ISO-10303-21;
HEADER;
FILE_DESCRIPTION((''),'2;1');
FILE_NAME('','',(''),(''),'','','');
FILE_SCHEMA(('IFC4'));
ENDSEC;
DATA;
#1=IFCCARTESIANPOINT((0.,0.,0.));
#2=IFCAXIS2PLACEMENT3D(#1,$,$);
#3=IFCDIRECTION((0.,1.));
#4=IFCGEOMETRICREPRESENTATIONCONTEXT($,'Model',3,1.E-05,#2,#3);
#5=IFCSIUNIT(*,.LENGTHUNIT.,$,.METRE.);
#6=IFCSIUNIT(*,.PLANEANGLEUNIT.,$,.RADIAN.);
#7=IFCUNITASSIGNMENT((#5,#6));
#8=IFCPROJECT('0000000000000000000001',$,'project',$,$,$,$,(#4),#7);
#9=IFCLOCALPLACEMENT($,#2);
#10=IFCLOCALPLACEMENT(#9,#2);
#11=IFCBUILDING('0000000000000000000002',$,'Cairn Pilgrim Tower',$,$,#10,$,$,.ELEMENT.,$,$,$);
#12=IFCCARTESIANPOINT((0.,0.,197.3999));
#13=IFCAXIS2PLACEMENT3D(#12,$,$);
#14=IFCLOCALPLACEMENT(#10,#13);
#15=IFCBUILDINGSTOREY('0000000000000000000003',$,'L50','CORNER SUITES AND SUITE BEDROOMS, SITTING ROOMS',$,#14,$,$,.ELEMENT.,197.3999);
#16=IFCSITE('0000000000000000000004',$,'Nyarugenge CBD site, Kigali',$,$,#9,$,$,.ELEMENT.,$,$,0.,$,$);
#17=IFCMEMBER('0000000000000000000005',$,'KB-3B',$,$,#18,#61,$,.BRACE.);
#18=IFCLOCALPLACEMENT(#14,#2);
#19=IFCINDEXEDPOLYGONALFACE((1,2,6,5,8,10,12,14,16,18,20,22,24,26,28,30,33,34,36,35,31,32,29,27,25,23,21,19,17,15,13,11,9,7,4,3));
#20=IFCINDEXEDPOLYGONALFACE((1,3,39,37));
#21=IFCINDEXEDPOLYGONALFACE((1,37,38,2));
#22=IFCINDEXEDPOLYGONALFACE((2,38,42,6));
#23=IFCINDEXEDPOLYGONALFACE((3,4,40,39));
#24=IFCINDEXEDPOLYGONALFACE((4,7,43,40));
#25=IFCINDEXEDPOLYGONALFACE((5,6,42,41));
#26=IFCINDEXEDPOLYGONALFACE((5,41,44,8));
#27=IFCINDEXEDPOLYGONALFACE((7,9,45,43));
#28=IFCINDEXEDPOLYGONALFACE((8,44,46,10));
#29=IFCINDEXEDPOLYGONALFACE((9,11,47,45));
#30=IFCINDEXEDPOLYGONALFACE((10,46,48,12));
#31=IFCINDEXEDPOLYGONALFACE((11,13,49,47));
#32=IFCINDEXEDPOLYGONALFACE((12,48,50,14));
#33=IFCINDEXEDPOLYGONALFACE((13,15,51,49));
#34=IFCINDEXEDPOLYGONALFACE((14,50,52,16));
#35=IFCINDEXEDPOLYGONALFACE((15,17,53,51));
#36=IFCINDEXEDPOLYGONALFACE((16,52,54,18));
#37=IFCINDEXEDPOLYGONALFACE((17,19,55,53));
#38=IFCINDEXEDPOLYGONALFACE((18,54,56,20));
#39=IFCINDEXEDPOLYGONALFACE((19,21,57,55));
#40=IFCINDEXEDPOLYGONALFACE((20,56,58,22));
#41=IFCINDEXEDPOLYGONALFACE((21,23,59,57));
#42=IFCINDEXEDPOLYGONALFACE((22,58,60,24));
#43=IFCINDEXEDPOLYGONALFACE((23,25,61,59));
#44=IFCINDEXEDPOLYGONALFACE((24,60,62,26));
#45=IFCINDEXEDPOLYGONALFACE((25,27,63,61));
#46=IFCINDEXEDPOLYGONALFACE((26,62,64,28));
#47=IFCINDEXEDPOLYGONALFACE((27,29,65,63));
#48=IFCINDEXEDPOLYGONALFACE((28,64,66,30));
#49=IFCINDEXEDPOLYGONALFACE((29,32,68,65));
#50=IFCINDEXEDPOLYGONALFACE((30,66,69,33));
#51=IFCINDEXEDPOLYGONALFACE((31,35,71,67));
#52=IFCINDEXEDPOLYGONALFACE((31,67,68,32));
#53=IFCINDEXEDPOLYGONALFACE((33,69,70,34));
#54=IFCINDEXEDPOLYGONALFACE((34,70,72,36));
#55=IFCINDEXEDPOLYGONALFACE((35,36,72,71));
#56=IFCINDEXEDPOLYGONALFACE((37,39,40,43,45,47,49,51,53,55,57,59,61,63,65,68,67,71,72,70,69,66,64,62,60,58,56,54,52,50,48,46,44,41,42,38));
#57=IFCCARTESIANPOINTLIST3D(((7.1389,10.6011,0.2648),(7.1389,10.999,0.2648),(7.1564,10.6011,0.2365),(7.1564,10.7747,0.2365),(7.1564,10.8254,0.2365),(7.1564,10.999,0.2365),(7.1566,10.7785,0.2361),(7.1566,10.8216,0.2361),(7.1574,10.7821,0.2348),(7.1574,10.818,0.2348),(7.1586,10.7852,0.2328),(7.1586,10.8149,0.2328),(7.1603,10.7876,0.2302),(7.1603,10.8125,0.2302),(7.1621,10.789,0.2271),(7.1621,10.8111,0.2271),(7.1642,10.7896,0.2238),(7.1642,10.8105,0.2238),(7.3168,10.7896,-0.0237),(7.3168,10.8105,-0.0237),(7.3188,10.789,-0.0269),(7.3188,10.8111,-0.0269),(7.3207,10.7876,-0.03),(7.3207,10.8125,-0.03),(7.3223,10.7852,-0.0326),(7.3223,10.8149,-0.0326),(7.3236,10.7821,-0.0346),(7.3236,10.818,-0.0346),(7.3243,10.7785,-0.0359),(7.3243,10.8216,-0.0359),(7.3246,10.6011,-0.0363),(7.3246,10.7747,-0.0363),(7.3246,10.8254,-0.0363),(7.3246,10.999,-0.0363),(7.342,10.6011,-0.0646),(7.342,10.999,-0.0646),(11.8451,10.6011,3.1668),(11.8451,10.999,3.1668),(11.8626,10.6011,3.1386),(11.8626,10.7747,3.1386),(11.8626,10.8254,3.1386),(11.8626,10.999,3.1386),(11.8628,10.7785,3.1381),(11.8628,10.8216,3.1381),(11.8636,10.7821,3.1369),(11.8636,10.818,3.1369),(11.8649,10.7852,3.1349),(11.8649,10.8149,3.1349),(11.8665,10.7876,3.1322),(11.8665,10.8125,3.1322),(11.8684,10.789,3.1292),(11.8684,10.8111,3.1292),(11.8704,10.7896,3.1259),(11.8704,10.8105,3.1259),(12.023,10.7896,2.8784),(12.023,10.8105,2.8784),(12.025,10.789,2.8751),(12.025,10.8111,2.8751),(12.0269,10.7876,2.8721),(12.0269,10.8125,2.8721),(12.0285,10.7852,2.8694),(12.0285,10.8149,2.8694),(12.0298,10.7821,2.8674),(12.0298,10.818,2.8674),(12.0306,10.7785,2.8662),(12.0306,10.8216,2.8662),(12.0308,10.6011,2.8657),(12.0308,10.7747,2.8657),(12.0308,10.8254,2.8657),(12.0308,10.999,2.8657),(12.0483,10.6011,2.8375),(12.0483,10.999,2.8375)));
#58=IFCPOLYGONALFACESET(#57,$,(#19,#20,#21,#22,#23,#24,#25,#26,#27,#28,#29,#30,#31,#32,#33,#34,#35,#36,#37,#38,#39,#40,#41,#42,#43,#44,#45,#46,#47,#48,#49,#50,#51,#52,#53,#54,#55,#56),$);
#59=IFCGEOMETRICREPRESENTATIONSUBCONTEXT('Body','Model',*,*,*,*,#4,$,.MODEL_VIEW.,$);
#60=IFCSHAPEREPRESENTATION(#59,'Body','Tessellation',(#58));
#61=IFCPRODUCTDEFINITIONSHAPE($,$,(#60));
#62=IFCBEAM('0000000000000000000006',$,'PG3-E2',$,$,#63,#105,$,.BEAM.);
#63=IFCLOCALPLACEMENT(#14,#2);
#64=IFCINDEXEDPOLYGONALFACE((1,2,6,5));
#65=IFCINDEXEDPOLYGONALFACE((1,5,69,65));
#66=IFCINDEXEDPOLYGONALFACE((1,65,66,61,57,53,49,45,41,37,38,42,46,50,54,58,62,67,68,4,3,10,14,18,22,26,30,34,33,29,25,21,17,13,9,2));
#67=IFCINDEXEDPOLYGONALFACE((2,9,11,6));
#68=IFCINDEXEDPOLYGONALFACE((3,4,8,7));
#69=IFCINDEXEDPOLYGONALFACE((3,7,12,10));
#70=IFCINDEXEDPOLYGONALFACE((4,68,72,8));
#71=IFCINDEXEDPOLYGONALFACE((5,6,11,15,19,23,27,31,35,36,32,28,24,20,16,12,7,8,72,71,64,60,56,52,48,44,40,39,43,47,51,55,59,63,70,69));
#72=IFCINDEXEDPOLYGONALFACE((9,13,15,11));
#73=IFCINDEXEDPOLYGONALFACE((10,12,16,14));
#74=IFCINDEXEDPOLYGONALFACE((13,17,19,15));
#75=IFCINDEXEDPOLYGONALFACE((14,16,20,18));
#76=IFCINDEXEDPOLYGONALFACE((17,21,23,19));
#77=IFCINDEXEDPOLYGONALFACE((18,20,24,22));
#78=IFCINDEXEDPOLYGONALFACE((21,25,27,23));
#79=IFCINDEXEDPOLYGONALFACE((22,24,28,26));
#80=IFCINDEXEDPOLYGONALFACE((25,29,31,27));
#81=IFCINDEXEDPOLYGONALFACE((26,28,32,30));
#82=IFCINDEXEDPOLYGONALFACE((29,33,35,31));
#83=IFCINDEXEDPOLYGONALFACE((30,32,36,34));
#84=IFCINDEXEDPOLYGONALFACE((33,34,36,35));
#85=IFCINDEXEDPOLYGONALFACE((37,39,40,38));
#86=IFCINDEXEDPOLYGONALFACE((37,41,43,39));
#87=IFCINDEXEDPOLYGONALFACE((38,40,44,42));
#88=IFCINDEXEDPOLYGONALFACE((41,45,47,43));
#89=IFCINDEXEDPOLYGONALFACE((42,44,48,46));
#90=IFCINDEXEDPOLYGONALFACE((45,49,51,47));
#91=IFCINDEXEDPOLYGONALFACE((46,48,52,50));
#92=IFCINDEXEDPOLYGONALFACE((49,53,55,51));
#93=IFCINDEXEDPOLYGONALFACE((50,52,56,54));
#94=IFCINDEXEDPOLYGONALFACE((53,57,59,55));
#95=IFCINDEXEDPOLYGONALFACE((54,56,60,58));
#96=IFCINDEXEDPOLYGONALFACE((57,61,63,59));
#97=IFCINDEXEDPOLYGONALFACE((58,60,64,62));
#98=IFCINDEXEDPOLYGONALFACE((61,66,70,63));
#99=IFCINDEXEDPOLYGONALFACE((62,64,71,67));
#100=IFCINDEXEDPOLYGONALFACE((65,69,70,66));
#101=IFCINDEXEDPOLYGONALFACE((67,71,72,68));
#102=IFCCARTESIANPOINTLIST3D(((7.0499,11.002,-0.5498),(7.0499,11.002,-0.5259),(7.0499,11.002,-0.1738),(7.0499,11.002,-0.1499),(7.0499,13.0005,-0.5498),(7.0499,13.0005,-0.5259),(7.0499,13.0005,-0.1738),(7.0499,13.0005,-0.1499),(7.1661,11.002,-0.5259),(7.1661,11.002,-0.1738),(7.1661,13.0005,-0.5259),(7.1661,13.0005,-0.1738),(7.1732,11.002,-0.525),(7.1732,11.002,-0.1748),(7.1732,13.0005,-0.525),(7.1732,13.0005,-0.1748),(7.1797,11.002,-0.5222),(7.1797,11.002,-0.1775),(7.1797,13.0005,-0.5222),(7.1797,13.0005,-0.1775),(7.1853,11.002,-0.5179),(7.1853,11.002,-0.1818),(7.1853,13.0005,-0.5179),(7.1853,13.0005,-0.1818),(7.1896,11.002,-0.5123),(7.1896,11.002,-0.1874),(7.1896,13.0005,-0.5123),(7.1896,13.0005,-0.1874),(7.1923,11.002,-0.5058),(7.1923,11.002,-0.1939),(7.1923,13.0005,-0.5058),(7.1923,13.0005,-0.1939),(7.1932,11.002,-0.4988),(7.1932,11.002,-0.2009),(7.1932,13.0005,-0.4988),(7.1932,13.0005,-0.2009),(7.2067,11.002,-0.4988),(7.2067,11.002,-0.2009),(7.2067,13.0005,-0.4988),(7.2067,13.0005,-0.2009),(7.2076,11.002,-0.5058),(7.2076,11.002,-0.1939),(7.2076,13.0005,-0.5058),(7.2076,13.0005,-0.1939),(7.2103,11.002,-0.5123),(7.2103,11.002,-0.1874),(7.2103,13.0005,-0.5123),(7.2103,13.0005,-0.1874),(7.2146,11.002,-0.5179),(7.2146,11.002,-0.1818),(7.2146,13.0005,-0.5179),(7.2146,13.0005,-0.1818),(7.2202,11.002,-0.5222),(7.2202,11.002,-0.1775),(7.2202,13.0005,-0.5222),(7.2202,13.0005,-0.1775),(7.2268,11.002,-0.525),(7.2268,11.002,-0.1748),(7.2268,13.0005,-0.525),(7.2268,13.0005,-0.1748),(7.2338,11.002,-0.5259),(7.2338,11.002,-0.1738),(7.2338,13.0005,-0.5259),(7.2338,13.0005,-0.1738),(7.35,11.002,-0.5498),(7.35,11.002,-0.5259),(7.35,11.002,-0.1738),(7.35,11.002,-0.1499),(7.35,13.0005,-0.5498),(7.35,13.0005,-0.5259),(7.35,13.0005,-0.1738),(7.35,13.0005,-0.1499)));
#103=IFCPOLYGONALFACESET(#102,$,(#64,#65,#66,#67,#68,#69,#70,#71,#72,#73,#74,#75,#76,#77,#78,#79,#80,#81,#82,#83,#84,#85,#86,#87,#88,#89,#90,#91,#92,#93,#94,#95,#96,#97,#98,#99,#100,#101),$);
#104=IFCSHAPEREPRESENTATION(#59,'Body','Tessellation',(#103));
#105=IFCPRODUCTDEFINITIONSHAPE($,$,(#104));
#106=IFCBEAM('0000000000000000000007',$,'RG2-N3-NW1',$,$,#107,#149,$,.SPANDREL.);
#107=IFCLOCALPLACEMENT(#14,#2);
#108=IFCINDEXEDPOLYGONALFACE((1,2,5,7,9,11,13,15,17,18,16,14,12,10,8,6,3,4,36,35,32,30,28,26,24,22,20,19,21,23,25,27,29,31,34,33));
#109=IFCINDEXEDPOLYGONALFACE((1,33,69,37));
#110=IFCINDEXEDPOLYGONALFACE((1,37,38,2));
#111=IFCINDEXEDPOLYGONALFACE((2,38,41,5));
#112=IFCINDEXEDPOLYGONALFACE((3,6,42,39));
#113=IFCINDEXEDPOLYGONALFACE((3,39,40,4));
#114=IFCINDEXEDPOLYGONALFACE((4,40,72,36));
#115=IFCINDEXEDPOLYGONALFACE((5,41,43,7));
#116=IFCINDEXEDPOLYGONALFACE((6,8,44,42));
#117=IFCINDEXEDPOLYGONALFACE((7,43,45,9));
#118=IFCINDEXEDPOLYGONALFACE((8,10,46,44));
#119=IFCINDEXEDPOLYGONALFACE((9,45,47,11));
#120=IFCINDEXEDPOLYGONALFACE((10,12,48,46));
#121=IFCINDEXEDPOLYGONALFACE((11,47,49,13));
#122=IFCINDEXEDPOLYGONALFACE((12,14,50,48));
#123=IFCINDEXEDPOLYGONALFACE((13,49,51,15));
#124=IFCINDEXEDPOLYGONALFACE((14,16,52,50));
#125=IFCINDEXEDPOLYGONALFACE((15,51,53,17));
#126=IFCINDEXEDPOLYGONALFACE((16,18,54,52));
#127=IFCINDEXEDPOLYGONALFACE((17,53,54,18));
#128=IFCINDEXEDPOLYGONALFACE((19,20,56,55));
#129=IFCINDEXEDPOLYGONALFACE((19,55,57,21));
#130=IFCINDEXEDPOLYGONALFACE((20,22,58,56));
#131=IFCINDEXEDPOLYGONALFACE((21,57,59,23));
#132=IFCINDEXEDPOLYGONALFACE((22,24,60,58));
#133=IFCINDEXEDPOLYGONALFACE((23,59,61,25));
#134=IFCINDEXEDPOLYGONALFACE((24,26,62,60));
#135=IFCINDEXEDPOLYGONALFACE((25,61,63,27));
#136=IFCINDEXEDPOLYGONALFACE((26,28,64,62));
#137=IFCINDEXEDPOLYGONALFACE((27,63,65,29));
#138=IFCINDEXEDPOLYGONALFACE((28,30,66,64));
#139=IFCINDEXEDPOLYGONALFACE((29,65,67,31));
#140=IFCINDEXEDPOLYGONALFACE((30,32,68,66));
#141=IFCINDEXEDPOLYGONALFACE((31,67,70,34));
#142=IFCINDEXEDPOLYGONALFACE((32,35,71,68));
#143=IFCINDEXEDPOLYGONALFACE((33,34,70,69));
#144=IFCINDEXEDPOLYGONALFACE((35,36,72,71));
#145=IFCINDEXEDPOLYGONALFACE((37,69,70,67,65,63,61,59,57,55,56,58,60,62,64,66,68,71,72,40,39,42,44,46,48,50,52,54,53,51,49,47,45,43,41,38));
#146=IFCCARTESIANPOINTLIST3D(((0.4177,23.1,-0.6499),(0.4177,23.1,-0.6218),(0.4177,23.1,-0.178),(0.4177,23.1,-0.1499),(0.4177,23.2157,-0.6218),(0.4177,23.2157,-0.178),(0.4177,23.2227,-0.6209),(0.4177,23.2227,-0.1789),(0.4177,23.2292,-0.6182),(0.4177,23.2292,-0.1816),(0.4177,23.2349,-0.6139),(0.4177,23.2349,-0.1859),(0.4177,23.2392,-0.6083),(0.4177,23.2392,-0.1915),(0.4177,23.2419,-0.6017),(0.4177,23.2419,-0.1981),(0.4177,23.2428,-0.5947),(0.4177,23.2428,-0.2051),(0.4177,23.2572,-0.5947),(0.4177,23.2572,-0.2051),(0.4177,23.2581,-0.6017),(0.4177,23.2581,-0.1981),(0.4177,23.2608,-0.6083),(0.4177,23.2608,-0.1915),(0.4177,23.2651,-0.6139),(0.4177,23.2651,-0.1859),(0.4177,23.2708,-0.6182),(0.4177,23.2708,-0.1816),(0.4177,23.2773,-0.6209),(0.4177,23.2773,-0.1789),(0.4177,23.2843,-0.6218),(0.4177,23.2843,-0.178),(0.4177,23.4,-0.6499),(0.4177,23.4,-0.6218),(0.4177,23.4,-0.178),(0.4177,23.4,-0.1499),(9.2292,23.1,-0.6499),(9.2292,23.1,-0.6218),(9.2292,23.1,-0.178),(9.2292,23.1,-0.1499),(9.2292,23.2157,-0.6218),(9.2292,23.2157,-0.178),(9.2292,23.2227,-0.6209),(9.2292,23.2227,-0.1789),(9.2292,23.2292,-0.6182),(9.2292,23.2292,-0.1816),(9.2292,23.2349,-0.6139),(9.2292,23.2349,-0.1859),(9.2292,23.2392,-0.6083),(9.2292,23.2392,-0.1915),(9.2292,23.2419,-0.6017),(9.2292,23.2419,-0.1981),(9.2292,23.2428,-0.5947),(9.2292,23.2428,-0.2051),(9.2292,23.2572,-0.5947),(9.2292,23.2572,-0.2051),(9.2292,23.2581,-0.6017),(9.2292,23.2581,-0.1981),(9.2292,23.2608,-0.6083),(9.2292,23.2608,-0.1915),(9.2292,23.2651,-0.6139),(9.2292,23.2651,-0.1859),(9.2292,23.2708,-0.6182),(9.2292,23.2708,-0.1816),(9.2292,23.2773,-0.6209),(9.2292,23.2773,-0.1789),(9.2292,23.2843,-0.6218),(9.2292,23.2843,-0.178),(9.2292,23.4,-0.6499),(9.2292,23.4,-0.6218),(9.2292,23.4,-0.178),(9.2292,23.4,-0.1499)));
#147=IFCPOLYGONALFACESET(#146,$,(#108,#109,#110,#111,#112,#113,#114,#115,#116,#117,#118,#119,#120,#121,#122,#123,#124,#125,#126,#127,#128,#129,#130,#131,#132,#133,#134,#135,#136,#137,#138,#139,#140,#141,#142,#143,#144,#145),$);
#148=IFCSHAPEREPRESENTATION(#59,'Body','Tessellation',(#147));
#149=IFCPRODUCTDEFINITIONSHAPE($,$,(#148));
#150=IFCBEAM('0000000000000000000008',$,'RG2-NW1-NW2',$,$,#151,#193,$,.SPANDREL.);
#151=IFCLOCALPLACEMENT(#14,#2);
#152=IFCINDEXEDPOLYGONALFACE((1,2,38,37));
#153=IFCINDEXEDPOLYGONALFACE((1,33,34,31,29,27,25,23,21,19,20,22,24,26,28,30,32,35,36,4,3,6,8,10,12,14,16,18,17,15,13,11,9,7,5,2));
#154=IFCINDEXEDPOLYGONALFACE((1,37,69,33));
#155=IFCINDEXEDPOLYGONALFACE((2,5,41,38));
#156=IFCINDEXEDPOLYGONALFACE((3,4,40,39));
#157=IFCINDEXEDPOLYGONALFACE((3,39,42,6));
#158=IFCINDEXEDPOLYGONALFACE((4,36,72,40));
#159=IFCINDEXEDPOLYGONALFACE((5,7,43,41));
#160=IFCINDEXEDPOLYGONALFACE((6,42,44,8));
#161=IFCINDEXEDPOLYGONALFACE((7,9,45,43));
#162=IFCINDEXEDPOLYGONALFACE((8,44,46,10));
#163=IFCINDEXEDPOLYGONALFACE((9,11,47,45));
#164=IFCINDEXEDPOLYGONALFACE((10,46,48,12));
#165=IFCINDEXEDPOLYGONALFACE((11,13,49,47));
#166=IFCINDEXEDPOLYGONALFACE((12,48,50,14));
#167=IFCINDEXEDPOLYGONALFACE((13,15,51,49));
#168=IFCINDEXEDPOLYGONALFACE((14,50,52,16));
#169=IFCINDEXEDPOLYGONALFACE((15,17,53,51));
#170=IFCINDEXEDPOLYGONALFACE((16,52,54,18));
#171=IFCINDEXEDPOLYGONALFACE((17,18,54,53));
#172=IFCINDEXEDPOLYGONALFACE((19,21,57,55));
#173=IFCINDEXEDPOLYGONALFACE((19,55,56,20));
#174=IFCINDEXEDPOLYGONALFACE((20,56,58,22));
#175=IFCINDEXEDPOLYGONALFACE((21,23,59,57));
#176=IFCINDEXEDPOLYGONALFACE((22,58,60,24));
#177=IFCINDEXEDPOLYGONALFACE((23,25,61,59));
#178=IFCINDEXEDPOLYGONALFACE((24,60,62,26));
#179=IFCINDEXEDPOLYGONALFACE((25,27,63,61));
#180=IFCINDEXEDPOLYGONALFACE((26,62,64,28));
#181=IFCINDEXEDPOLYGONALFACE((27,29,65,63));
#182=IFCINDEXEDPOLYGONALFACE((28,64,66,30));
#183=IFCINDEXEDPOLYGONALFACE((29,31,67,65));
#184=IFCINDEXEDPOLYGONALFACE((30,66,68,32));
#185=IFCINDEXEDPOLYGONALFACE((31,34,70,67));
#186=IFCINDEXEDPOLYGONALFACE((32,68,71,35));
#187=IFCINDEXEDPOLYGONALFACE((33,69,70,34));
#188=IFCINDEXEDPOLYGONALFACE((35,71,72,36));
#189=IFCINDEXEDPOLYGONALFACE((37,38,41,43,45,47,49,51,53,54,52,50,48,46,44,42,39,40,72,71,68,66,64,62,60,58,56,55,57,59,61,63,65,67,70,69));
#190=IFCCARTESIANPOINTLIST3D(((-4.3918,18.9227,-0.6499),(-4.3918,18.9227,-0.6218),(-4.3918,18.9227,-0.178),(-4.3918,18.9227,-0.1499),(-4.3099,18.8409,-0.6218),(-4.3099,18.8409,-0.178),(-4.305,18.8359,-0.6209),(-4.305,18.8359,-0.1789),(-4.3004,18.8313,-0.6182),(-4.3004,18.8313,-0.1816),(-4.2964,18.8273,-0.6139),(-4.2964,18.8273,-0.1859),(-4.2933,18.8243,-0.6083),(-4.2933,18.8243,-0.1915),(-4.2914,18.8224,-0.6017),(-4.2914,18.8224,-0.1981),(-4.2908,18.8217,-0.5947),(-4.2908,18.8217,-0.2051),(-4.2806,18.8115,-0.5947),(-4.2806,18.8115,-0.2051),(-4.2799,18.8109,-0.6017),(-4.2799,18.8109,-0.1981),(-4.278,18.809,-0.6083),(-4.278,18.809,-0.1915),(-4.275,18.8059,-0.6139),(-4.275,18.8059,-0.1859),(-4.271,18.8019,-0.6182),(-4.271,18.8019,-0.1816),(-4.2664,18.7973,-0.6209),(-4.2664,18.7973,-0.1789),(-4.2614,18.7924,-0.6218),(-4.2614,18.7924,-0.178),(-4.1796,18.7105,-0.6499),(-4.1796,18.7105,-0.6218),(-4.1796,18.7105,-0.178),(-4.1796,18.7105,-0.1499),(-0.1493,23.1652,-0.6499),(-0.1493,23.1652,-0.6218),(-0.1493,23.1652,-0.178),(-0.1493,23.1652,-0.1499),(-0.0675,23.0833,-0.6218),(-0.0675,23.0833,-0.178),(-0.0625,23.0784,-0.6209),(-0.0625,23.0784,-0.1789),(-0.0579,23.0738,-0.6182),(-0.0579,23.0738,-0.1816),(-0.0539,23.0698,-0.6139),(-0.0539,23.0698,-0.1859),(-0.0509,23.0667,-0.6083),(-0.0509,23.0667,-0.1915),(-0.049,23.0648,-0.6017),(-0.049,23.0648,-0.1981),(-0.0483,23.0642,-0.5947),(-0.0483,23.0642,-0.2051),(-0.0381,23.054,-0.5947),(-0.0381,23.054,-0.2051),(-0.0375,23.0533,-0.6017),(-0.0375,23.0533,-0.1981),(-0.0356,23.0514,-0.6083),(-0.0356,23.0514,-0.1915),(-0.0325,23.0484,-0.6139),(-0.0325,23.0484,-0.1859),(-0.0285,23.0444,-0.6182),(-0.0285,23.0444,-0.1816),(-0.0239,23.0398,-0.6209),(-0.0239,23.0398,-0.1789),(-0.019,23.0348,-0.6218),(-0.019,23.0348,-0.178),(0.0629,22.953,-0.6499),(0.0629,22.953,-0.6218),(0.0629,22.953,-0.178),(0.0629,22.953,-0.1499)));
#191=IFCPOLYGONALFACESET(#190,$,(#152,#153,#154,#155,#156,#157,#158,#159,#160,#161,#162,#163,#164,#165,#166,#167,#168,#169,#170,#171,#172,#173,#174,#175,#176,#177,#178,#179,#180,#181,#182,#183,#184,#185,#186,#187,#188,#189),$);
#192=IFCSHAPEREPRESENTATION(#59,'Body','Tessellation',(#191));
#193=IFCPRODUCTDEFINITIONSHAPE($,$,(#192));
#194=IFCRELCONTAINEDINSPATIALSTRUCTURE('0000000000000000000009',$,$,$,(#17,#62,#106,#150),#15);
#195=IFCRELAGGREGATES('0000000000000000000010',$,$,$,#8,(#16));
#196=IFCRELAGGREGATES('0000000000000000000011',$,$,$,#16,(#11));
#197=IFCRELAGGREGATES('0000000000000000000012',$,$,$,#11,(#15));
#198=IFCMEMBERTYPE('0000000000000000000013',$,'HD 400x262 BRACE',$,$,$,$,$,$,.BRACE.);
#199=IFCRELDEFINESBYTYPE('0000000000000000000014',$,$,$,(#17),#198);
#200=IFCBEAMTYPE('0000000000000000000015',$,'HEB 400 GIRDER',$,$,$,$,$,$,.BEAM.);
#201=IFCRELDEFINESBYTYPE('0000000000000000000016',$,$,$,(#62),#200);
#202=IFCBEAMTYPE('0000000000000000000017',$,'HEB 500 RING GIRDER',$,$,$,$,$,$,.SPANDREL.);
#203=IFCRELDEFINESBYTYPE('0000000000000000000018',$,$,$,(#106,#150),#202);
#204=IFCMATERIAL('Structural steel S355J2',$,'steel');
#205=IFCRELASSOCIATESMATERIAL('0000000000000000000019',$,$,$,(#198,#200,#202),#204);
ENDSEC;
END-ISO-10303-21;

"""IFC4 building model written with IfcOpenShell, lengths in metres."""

from ifc_helpers import new_model, si_unit, direction, frame, origin, origin_2d, place, context, subcontext, project, spatial, i_section, extrude, material, material_profile, profile_set, type_object, element, save


model = new_model("IFC4")

# Units and contexts
model_context = context("Model", 3, precision=1e-05, world=origin(), true_north=direction((0.0, 1.0)))
body_context = subcontext(model_context, "Body", "Model", "MODEL_VIEW")
ifc_project = project(units=[si_unit("LENGTHUNIT", "METRE"), si_unit("PLANEANGLEUNIT", "RADIAN")], contexts=[model_context])

# Site, building, storey
site_placement = place(None, origin())
site = spatial("IfcSite", under=ifc_project, at=site_placement, Name="Nyarugenge CBD site, Kigali", CompositionType="ELEMENT", RefElevation=0.0)
building_placement = place(site_placement, origin())
building = spatial("IfcBuilding", under=site, at=building_placement, Name="Cairn Pilgrim Tower", CompositionType="ELEMENT")
storey_placement = place(building_placement, frame((0.0, 0.0, 197.3999)))
storey = spatial("IfcBuildingStorey", under=building, at=storey_placement, Name="L50", Description="CORNER SUITES AND SUITE BEDROOMS, SITTING ROOMS", CompositionType="ELEMENT", Elevation=197.3999)

# Shared definitions
ifc_material_1 = material(Name="Structural steel S355J2", Category="steel")

# Member
ifc_material_profile_1 = material_profile(ifc_material_1, i_section(OverallWidth=0.3979, OverallDepth=0.387, WebThickness=0.021, FlangeThickness=0.0332, FilletRadius=0.0149, at=origin_2d()), Name="HD 400x262")
ifc_profile_set_1 = profile_set([ifc_material_profile_1], Name="Structural steel S355J2")
member_type_1 = type_object("IfcMemberType", Name="HD 400x262 BRACE", PredefinedType="BRACE", material=ifc_profile_set_1)
member_1_placement = place(storey_placement, frame((7.2405, 10.8, 0.1001), z_axis=(0.85118, 0.0, 0.524873), x_axis=(0.0, 1.0, 0.0)))
element("IfcMember", 1, at=member_1_placement, inside=storey, type_object=member_type_1, Name="KB-3B", PredefinedType="BRACE", context=body_context, shape_type="SweptSolid", body=[
    extrude(i_section(OverallWidth=0.3979, OverallDepth=0.387, WebThickness=0.021, FlangeThickness=0.0332, FilletRadius=0.0149, at=origin_2d()), origin(), (0.0, 0.0, 1.0), 5.5291),
])

# Beams
ifc_material_profile_2 = material_profile(ifc_material_1, i_section(OverallWidth=0.3, OverallDepth=0.3999, WebThickness=0.0134, FlangeThickness=0.0239, FilletRadius=0.0271, at=origin_2d()), Name="HEB 400")
ifc_profile_set_2 = profile_set([ifc_material_profile_2], Name="Structural steel S355J2")
beam_type_1 = type_object("IfcBeamType", Name="HEB 400 GIRDER", PredefinedType="BEAM", material=ifc_profile_set_2)
beam_1_placement = place(storey_placement, frame((7.2, 11.002, -0.3499), z_axis=(0.0, 1.0, 0.0), x_axis=(-1.0, 0.0, 0.0)))
element("IfcBeam", 2, at=beam_1_placement, inside=storey, type_object=beam_type_1, Name="PG3-E2", PredefinedType="BEAM", context=body_context, shape_type="SweptSolid", body=[
    extrude(i_section(OverallWidth=0.3, OverallDepth=0.3999, WebThickness=0.0134, FlangeThickness=0.0239, FilletRadius=0.0271, at=origin_2d()), origin(), (0.0, 0.0, 1.0), 1.9985),
])
ifc_material_profile_3 = material_profile(ifc_material_1, i_section(OverallWidth=0.3, OverallDepth=0.5, WebThickness=0.0144, FlangeThickness=0.0281, FilletRadius=0.0271, at=origin_2d()), Name="HEB 500")
ifc_profile_set_3 = profile_set([ifc_material_profile_3], Name="Structural steel S355J2")
beam_type_2 = type_object("IfcBeamType", Name="HEB 500 RING GIRDER", PredefinedType="SPANDREL", material=ifc_profile_set_3)
beam_2_placement = place(storey_placement, frame((9.2292, 23.25, -0.3999), z_axis=(-1.0, 0.0, 0.0), x_axis=(0.0, -1.0, 0.0)))
element("IfcBeam", 3, at=beam_2_placement, inside=storey, type_object=beam_type_2, Name="RG2-N3-NW1", PredefinedType="SPANDREL", context=body_context, shape_type="SweptSolid", body=[
    extrude(i_section(OverallWidth=0.3, OverallDepth=0.5, WebThickness=0.0144, FlangeThickness=0.0281, FilletRadius=0.0271, at=origin_2d()), origin(), (0.0, 0.0, 1.0), 8.8115),
])
beam_3_placement = place(storey_placement, frame((-0.0432, 23.0591, -0.3999), z_axis=(-0.707107, -0.707107, 0.0), x_axis=(0.707107, -0.707107, 0.0)))
element("IfcBeam", 4, at=beam_3_placement, inside=storey, type_object=beam_type_2, Name="RG2-NW1-NW2", PredefinedType="SPANDREL", context=body_context, shape_type="SweptSolid", body=[
    extrude(i_section(OverallWidth=0.3, OverallDepth=0.5, WebThickness=0.0144, FlangeThickness=0.0281, FilletRadius=0.0271, at=origin_2d()), origin(), (0.0, 0.0, 1.0), 5.9998),
])

save(model, "model.ifc")
